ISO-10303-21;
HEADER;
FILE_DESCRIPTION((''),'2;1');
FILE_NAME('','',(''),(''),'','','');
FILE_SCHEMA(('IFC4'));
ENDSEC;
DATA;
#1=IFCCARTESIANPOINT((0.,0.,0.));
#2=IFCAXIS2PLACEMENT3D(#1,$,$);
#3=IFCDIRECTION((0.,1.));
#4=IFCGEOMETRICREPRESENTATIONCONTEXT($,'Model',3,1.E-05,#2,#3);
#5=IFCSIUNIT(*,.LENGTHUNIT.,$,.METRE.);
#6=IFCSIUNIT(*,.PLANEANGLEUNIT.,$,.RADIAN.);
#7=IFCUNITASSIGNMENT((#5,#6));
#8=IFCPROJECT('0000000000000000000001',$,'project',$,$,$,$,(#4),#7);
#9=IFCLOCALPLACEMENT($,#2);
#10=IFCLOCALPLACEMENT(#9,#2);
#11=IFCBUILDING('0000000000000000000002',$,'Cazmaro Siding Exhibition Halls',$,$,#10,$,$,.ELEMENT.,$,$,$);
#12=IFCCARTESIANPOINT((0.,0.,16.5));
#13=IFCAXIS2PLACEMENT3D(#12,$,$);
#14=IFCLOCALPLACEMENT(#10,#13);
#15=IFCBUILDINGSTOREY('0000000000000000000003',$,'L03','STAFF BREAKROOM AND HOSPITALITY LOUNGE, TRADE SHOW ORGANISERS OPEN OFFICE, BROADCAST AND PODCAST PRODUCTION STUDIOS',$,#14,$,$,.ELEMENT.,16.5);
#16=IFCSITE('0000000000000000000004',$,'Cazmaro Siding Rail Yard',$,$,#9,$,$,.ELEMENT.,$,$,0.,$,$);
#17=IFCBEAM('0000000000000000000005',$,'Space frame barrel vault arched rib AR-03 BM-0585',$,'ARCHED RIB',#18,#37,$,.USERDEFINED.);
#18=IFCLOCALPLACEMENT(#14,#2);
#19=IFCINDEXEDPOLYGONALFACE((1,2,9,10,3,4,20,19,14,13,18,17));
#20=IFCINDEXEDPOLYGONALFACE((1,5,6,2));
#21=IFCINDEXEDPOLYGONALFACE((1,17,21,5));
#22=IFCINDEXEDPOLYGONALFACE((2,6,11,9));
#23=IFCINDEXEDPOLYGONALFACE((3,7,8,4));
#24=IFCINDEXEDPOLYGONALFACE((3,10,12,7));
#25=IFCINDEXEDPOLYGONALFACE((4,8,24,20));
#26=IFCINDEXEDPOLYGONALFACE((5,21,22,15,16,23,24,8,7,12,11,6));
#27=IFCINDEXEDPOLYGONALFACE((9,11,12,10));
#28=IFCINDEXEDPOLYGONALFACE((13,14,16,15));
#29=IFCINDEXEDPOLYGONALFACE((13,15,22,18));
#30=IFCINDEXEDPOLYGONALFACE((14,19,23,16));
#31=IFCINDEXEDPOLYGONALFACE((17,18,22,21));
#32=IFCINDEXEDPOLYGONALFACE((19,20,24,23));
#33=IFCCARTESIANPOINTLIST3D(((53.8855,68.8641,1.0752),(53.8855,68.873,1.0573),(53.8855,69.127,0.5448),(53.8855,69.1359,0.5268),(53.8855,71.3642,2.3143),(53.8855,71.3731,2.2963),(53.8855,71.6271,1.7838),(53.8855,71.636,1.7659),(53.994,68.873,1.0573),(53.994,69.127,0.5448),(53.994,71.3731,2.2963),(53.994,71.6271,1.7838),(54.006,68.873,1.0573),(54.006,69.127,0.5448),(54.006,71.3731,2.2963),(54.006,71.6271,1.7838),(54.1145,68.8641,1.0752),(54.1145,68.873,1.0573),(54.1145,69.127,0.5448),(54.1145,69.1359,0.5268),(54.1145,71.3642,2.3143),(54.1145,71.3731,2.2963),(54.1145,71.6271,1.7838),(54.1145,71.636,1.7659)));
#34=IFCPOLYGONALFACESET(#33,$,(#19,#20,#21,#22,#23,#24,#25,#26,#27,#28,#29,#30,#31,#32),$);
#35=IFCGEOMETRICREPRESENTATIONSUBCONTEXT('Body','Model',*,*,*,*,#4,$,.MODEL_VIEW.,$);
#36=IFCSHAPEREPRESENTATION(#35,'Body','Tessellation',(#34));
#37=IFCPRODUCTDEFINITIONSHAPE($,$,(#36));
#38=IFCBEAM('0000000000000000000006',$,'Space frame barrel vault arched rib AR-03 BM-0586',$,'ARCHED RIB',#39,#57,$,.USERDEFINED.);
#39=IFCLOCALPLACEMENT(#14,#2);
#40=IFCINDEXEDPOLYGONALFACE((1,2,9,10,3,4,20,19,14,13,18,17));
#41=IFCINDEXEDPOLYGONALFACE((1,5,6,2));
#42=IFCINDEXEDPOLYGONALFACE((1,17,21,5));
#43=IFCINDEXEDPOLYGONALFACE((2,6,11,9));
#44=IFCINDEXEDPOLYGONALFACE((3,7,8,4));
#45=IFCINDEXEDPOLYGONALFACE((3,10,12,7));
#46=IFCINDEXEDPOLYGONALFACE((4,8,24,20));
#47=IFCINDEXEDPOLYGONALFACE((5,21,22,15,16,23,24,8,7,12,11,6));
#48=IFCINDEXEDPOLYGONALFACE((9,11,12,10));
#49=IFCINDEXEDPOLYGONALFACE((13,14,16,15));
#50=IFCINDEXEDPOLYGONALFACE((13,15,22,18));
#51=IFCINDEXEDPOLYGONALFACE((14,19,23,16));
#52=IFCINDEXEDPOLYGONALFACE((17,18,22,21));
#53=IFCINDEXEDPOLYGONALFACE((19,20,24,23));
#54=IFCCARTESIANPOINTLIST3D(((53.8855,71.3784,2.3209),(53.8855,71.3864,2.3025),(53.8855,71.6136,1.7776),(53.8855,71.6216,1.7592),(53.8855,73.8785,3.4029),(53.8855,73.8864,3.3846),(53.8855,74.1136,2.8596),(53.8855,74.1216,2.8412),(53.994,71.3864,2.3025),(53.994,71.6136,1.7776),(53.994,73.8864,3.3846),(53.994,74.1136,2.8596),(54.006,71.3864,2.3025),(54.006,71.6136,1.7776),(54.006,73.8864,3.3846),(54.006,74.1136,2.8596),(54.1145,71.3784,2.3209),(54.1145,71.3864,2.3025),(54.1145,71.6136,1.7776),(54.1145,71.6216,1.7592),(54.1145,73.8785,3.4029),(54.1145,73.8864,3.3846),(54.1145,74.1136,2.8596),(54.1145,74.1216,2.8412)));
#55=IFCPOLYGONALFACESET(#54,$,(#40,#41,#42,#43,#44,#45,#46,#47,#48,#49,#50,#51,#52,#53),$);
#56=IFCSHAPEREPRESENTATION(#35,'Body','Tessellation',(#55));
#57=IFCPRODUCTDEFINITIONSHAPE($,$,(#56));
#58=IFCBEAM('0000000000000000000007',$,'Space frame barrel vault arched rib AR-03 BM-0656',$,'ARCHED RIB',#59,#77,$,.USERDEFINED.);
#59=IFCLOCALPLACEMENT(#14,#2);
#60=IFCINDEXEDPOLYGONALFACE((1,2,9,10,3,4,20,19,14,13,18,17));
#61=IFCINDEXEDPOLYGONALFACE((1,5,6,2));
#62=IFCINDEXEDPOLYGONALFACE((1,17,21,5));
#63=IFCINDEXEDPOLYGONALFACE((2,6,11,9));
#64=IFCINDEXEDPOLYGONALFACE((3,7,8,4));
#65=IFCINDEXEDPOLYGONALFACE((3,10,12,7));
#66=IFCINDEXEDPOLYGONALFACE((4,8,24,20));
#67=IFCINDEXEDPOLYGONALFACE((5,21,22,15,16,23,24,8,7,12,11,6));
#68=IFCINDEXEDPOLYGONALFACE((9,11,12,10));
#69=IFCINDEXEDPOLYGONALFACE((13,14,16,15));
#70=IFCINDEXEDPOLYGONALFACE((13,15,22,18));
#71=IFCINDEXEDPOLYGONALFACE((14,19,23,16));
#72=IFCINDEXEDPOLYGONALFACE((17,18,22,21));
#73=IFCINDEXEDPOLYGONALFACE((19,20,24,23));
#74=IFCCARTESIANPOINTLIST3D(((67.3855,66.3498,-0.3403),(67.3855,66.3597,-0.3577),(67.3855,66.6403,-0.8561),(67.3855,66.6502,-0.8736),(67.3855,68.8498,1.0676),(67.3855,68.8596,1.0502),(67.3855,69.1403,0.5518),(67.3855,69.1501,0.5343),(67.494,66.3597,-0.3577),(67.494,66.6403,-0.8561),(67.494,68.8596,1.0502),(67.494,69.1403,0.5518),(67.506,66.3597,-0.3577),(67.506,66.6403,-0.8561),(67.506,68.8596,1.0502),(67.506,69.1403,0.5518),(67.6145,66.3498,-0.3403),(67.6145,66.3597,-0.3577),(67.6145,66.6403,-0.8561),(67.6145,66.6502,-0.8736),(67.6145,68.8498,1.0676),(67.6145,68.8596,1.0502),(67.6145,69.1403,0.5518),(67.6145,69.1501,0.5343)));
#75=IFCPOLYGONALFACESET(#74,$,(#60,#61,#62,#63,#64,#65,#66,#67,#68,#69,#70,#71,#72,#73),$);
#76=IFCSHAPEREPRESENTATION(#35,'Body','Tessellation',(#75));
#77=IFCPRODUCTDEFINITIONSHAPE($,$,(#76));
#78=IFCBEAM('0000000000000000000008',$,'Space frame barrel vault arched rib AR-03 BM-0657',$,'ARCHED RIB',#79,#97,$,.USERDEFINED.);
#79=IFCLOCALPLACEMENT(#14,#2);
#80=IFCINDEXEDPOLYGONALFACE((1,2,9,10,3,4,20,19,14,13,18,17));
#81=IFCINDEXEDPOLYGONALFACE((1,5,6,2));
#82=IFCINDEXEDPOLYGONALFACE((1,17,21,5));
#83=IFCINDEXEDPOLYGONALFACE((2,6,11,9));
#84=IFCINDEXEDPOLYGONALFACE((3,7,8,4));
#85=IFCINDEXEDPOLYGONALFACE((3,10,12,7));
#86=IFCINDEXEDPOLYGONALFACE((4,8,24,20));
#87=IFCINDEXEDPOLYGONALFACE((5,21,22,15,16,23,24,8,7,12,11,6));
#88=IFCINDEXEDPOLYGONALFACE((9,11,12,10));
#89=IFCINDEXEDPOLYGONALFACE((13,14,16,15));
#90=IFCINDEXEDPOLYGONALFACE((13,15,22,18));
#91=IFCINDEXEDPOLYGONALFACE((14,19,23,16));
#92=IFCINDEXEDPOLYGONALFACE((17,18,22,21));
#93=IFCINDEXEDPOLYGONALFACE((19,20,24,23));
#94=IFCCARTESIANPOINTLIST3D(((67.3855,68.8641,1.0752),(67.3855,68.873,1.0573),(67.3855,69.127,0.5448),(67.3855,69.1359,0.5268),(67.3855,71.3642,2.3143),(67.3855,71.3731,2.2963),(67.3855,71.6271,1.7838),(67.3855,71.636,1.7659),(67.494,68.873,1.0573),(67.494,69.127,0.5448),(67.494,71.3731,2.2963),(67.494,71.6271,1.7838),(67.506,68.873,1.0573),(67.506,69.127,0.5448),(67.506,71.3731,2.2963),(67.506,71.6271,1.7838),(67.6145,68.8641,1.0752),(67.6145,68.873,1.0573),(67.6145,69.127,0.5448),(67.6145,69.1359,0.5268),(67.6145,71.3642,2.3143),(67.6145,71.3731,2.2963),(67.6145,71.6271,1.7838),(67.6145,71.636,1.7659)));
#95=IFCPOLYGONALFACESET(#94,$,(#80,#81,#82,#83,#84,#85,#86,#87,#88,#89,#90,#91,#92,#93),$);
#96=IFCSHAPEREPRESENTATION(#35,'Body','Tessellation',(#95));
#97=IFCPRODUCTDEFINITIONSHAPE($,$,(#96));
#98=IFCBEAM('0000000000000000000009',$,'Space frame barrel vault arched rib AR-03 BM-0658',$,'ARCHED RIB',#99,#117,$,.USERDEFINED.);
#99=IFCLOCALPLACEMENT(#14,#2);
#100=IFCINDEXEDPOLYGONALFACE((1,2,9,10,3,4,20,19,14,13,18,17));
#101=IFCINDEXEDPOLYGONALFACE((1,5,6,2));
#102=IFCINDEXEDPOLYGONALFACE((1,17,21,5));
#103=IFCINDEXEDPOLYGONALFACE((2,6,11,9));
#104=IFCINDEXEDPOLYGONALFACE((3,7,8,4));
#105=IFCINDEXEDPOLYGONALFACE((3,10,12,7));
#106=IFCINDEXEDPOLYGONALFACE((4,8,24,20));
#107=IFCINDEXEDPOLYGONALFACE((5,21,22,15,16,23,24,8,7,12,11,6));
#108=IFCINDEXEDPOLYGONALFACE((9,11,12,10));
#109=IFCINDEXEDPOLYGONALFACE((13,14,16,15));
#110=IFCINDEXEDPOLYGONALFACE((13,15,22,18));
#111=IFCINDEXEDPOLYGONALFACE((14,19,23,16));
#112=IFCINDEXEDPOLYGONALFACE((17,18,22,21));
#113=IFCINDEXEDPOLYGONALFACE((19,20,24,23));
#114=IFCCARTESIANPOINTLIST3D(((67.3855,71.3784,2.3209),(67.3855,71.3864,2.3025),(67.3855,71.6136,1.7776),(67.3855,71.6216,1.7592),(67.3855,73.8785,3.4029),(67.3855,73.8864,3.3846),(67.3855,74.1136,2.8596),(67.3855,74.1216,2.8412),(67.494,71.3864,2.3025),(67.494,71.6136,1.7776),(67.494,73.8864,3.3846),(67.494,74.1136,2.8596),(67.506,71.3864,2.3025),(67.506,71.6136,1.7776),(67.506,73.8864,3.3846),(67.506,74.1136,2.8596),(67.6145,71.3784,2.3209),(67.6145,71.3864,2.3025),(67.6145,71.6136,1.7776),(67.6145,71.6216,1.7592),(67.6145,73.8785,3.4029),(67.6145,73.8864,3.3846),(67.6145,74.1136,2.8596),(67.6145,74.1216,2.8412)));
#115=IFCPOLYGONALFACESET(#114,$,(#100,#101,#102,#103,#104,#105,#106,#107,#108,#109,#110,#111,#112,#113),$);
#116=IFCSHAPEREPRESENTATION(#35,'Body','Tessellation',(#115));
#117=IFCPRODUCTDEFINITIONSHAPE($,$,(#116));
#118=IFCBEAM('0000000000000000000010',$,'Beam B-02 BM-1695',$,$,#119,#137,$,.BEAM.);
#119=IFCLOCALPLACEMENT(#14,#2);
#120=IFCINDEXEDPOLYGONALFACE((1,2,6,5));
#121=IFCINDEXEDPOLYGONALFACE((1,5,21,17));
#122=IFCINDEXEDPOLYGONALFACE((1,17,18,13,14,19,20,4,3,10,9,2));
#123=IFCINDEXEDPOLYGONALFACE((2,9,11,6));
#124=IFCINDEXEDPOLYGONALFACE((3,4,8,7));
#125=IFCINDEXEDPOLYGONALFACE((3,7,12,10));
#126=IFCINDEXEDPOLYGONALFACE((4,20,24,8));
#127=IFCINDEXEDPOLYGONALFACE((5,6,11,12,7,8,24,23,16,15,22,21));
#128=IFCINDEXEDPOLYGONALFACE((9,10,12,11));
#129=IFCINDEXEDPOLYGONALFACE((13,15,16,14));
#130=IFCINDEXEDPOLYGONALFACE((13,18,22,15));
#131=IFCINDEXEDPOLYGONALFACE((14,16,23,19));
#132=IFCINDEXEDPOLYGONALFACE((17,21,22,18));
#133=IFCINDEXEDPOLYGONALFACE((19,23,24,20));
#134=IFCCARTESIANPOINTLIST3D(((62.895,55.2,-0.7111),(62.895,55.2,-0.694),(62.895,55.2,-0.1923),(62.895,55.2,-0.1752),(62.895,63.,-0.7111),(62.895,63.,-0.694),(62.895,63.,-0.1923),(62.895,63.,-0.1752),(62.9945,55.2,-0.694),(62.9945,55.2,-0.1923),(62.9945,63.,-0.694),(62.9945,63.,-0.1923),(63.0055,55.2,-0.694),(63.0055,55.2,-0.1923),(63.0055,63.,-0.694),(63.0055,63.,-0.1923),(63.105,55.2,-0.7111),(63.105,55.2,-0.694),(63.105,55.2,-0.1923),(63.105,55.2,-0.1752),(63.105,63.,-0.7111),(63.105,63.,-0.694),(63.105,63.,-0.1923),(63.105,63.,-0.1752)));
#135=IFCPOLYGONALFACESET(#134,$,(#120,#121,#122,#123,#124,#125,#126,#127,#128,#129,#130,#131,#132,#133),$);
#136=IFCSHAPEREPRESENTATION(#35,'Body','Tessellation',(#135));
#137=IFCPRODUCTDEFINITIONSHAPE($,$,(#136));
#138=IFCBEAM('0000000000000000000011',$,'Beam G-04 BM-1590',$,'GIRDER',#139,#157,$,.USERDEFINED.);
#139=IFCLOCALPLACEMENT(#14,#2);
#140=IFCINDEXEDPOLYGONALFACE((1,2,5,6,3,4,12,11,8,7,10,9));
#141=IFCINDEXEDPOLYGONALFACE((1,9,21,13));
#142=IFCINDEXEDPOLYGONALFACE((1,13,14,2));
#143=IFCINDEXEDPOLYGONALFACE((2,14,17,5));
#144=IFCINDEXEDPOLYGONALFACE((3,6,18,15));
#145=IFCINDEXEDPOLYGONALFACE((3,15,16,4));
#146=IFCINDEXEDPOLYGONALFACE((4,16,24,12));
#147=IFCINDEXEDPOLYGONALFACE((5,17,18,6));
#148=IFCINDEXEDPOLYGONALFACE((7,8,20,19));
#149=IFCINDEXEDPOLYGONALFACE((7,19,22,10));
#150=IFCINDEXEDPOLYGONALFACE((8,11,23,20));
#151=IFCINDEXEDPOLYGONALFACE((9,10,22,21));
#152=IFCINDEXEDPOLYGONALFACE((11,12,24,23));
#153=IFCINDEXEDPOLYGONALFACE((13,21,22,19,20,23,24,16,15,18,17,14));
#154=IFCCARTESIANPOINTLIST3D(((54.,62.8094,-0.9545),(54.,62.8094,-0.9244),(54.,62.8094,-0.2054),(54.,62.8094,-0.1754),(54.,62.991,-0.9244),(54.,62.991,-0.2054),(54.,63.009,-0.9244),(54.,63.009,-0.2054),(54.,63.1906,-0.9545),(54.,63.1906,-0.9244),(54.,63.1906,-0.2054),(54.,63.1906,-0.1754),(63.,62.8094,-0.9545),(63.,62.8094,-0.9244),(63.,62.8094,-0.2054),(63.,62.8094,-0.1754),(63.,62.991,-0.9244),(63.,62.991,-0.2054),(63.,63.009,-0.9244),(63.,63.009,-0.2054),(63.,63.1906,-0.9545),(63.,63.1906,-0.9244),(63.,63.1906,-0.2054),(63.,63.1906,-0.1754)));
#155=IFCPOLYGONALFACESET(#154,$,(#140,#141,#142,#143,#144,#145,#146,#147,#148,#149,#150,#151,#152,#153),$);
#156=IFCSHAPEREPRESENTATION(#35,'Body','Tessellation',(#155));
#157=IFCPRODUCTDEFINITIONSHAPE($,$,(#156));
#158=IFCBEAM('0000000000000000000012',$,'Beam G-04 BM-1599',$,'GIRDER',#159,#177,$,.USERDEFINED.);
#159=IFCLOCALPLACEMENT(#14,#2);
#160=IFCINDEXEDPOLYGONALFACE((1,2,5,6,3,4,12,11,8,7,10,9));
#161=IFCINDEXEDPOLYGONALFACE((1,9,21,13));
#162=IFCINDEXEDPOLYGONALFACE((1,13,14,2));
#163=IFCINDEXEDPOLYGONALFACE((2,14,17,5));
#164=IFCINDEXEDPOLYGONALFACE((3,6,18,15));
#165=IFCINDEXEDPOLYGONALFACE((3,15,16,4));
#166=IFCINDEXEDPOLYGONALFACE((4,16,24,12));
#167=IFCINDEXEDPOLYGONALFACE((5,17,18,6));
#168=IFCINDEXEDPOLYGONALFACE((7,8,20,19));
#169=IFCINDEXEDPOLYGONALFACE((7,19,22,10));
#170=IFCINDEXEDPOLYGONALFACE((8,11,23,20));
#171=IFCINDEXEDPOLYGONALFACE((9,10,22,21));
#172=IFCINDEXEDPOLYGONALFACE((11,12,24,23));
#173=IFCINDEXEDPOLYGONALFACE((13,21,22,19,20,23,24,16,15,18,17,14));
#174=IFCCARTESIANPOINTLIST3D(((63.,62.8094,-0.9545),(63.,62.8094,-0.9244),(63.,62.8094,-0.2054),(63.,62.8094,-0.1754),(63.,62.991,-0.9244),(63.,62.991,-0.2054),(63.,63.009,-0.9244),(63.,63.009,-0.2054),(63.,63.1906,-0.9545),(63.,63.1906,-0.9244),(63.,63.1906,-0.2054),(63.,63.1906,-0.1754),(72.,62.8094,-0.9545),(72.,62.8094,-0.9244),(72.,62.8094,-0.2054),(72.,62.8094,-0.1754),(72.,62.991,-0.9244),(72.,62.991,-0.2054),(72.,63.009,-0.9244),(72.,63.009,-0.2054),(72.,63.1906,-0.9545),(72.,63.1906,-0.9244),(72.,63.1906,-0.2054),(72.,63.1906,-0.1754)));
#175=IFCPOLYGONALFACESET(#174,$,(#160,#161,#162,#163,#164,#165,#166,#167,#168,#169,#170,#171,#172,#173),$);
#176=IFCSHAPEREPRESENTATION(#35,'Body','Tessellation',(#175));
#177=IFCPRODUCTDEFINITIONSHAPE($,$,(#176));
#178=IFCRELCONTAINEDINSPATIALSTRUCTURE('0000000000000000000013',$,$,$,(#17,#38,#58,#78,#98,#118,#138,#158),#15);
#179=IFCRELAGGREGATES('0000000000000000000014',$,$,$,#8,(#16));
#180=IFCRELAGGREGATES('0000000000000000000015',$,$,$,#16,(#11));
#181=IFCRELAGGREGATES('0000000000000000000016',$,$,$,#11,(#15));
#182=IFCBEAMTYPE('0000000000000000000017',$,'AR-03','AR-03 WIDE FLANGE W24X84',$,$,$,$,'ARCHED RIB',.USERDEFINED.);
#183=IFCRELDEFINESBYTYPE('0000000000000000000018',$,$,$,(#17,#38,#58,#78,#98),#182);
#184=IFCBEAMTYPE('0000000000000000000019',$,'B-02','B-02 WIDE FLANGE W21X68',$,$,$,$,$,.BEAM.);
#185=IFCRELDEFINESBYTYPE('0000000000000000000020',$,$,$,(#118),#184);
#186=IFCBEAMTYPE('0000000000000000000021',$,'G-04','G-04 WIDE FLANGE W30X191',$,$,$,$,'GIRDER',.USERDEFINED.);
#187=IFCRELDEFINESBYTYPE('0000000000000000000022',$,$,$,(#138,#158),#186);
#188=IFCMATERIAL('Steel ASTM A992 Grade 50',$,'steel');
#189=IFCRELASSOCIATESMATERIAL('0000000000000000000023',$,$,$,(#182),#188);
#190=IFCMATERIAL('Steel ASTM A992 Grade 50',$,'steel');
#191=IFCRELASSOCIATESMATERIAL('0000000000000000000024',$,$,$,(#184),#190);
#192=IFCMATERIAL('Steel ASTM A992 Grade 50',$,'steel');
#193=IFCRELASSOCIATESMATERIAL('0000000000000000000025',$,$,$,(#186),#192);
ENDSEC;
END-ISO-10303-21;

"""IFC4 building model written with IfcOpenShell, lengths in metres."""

from ifc_helpers import new_model, si_unit, direction, frame, origin, origin_2d, place, context, subcontext, project, spatial, i_section, extrude, material, material_profile, profile_set, type_object, element, save


model = new_model("IFC4")

# Units and contexts
model_context = context("Model", 3, precision=1e-05, world=origin(), true_north=direction((0.0, 1.0)))
body_context = subcontext(model_context, "Body", "Model", "MODEL_VIEW")
ifc_project = project(units=[si_unit("LENGTHUNIT", "METRE"), si_unit("PLANEANGLEUNIT", "RADIAN")], contexts=[model_context])

# Site, building, storey
site_placement = place(None, origin())
site = spatial("IfcSite", under=ifc_project, at=site_placement, Name="Cazmaro Siding Rail Yard", CompositionType="ELEMENT", RefElevation=0.0)
building_placement = place(site_placement, origin())
building = spatial("IfcBuilding", under=site, at=building_placement, Name="Cazmaro Siding Exhibition Halls", CompositionType="ELEMENT")
storey_placement = place(building_placement, frame((0.0, 0.0, 16.5)))
storey = spatial("IfcBuildingStorey", under=building, at=storey_placement, Name="L03", Description="STAFF BREAKROOM AND HOSPITALITY LOUNGE, TRADE SHOW ORGANISERS OPEN OFFICE, BROADCAST AND PODCAST PRODUCTION STUDIOS", CompositionType="ELEMENT", Elevation=16.5)

# Beams
ifc_material_1 = material(Name="Steel ASTM A992 Grade 50", Category="steel")
ifc_material_profile_1 = material_profile(ifc_material_1, i_section(OverallWidth=0.229, OverallDepth=0.6121, WebThickness=0.012, FlangeThickness=0.02, at=origin_2d()), Name="W24X84")
ifc_profile_set_1 = profile_set([ifc_material_profile_1], Name="Steel ASTM A992 Grade 50")
beam_type_1 = type_object("IfcBeamType", Name="AR-03", Description="AR-03 WIDE FLANGE W24X84", ElementType="ARCHED RIB", PredefinedType="USERDEFINED", material=ifc_profile_set_1)
beam_1_placement = place(storey_placement, frame((54.0, 69.0, 0.801), z_axis=(0.0, 0.895997, 0.444061), x_axis=(-1.0, 0.0, 0.0)))
element("IfcBeam", 1, at=beam_1_placement, inside=storey, type_object=beam_type_1, Name="Space frame barrel vault arched rib AR-03 BM-0585", ObjectType="ARCHED RIB", PredefinedType="USERDEFINED", context=body_context, shape_type="SweptSolid", body=[
    extrude(i_section(OverallWidth=0.229, OverallDepth=0.6121, WebThickness=0.012, FlangeThickness=0.02, at=origin_2d()), origin(), (0.0, 0.0, 1.0), 2.7903),
])
beam_2_placement = place(storey_placement, frame((54.0, 71.5, 2.04), z_axis=(0.0, 0.91773, 0.397205), x_axis=(-1.0, 0.0, 0.0)))
element("IfcBeam", 2, at=beam_2_placement, inside=storey, type_object=beam_type_1, Name="Space frame barrel vault arched rib AR-03 BM-0586", ObjectType="ARCHED RIB", PredefinedType="USERDEFINED", context=body_context, shape_type="SweptSolid", body=[
    extrude(i_section(OverallWidth=0.229, OverallDepth=0.6121, WebThickness=0.012, FlangeThickness=0.02, at=origin_2d()), origin(), (0.0, 0.0, 1.0), 2.7241),
])
beam_3_placement = place(storey_placement, frame((67.5, 66.5, -0.6069), z_axis=(0.0, 0.871321, 0.490714), x_axis=(-1.0, 0.0, 0.0)))
element("IfcBeam", 3, at=beam_3_placement, inside=storey, type_object=beam_type_1, Name="Space frame barrel vault arched rib AR-03 BM-0656", ObjectType="ARCHED RIB", PredefinedType="USERDEFINED", context=body_context, shape_type="SweptSolid", body=[
    extrude(i_section(OverallWidth=0.229, OverallDepth=0.6121, WebThickness=0.012, FlangeThickness=0.02, at=origin_2d()), origin(), (0.0, 0.0, 1.0), 2.8691),
])
beam_4_placement = place(storey_placement, frame((67.5, 69.0, 0.801), z_axis=(0.0, 0.895997, 0.444061), x_axis=(-1.0, 0.0, 0.0)))
element("IfcBeam", 4, at=beam_4_placement, inside=storey, type_object=beam_type_1, Name="Space frame barrel vault arched rib AR-03 BM-0657", ObjectType="ARCHED RIB", PredefinedType="USERDEFINED", context=body_context, shape_type="SweptSolid", body=[
    extrude(i_section(OverallWidth=0.229, OverallDepth=0.6121, WebThickness=0.012, FlangeThickness=0.02, at=origin_2d()), origin(), (0.0, 0.0, 1.0), 2.7903),
])
beam_5_placement = place(storey_placement, frame((67.5, 71.5, 2.04), z_axis=(0.0, 0.91773, 0.397205), x_axis=(-1.0, 0.0, 0.0)))
element("IfcBeam", 5, at=beam_5_placement, inside=storey, type_object=beam_type_1, Name="Space frame barrel vault arched rib AR-03 BM-0658", ObjectType="ARCHED RIB", PredefinedType="USERDEFINED", context=body_context, shape_type="SweptSolid", body=[
    extrude(i_section(OverallWidth=0.229, OverallDepth=0.6121, WebThickness=0.012, FlangeThickness=0.02, at=origin_2d()), origin(), (0.0, 0.0, 1.0), 2.7241),
])
ifc_material_2 = material(Name="Steel ASTM A992 Grade 50", Category="steel")
ifc_material_profile_2 = material_profile(ifc_material_2, i_section(OverallWidth=0.21, OverallDepth=0.5359, WebThickness=0.011, FlangeThickness=0.0171, at=origin_2d()), Name="W21X68")
ifc_profile_set_2 = profile_set([ifc_material_profile_2], Name="Steel ASTM A992 Grade 50")
beam_type_2 = type_object("IfcBeamType", Name="B-02", Description="B-02 WIDE FLANGE W21X68", PredefinedType="BEAM", material=ifc_profile_set_2)
beam_6_placement = place(storey_placement, frame((63.0, 55.2, -0.4431), z_axis=(0.0, 1.0, 0.0), x_axis=(-1.0, 0.0, 0.0)))
element("IfcBeam", 6, at=beam_6_placement, inside=storey, type_object=beam_type_2, Name="Beam B-02 BM-1695", PredefinedType="BEAM", context=body_context, shape_type="SweptSolid", body=[
    extrude(i_section(OverallWidth=0.21, OverallDepth=0.5359, WebThickness=0.011, FlangeThickness=0.0171, at=origin_2d()), origin(), (0.0, 0.0, 1.0), 7.8),
])
ifc_material_3 = material(Name="Steel ASTM A992 Grade 50", Category="steel")
ifc_material_profile_3 = material_profile(ifc_material_3, i_section(OverallWidth=0.3811, OverallDepth=0.7791, WebThickness=0.0181, FlangeThickness=0.03, at=origin_2d()), Name="W30X191")
ifc_profile_set_3 = profile_set([ifc_material_profile_3], Name="Steel ASTM A992 Grade 50")
beam_type_3 = type_object("IfcBeamType", Name="G-04", Description="G-04 WIDE FLANGE W30X191", ElementType="GIRDER", PredefinedType="USERDEFINED", material=ifc_profile_set_3)
for number, where, z_axis, x_axis, name in (
    (7, (54.0, 63.0, -0.5649), (1.0, 0.0, 0.0), (0.0, 1.0, 0.0), "Beam G-04 BM-1590"),
    (8, (63.0, 63.0, -0.5649), (1.0, 0.0, 0.0), (0.0, 1.0, 0.0), "Beam G-04 BM-1599"),
):
    element("IfcBeam", number, at=place(storey_placement, frame(where, z_axis=z_axis, x_axis=x_axis)), inside=storey, type_object=beam_type_3, Name=name, ObjectType="GIRDER", PredefinedType="USERDEFINED", context=body_context, shape_type="SweptSolid", body=[
        extrude(i_section(OverallWidth=0.3811, OverallDepth=0.7791, WebThickness=0.0181, FlangeThickness=0.03, at=origin_2d()), origin(), (0.0, 0.0, 1.0), 9.0),
    ])

save(model, "model.ifc")
